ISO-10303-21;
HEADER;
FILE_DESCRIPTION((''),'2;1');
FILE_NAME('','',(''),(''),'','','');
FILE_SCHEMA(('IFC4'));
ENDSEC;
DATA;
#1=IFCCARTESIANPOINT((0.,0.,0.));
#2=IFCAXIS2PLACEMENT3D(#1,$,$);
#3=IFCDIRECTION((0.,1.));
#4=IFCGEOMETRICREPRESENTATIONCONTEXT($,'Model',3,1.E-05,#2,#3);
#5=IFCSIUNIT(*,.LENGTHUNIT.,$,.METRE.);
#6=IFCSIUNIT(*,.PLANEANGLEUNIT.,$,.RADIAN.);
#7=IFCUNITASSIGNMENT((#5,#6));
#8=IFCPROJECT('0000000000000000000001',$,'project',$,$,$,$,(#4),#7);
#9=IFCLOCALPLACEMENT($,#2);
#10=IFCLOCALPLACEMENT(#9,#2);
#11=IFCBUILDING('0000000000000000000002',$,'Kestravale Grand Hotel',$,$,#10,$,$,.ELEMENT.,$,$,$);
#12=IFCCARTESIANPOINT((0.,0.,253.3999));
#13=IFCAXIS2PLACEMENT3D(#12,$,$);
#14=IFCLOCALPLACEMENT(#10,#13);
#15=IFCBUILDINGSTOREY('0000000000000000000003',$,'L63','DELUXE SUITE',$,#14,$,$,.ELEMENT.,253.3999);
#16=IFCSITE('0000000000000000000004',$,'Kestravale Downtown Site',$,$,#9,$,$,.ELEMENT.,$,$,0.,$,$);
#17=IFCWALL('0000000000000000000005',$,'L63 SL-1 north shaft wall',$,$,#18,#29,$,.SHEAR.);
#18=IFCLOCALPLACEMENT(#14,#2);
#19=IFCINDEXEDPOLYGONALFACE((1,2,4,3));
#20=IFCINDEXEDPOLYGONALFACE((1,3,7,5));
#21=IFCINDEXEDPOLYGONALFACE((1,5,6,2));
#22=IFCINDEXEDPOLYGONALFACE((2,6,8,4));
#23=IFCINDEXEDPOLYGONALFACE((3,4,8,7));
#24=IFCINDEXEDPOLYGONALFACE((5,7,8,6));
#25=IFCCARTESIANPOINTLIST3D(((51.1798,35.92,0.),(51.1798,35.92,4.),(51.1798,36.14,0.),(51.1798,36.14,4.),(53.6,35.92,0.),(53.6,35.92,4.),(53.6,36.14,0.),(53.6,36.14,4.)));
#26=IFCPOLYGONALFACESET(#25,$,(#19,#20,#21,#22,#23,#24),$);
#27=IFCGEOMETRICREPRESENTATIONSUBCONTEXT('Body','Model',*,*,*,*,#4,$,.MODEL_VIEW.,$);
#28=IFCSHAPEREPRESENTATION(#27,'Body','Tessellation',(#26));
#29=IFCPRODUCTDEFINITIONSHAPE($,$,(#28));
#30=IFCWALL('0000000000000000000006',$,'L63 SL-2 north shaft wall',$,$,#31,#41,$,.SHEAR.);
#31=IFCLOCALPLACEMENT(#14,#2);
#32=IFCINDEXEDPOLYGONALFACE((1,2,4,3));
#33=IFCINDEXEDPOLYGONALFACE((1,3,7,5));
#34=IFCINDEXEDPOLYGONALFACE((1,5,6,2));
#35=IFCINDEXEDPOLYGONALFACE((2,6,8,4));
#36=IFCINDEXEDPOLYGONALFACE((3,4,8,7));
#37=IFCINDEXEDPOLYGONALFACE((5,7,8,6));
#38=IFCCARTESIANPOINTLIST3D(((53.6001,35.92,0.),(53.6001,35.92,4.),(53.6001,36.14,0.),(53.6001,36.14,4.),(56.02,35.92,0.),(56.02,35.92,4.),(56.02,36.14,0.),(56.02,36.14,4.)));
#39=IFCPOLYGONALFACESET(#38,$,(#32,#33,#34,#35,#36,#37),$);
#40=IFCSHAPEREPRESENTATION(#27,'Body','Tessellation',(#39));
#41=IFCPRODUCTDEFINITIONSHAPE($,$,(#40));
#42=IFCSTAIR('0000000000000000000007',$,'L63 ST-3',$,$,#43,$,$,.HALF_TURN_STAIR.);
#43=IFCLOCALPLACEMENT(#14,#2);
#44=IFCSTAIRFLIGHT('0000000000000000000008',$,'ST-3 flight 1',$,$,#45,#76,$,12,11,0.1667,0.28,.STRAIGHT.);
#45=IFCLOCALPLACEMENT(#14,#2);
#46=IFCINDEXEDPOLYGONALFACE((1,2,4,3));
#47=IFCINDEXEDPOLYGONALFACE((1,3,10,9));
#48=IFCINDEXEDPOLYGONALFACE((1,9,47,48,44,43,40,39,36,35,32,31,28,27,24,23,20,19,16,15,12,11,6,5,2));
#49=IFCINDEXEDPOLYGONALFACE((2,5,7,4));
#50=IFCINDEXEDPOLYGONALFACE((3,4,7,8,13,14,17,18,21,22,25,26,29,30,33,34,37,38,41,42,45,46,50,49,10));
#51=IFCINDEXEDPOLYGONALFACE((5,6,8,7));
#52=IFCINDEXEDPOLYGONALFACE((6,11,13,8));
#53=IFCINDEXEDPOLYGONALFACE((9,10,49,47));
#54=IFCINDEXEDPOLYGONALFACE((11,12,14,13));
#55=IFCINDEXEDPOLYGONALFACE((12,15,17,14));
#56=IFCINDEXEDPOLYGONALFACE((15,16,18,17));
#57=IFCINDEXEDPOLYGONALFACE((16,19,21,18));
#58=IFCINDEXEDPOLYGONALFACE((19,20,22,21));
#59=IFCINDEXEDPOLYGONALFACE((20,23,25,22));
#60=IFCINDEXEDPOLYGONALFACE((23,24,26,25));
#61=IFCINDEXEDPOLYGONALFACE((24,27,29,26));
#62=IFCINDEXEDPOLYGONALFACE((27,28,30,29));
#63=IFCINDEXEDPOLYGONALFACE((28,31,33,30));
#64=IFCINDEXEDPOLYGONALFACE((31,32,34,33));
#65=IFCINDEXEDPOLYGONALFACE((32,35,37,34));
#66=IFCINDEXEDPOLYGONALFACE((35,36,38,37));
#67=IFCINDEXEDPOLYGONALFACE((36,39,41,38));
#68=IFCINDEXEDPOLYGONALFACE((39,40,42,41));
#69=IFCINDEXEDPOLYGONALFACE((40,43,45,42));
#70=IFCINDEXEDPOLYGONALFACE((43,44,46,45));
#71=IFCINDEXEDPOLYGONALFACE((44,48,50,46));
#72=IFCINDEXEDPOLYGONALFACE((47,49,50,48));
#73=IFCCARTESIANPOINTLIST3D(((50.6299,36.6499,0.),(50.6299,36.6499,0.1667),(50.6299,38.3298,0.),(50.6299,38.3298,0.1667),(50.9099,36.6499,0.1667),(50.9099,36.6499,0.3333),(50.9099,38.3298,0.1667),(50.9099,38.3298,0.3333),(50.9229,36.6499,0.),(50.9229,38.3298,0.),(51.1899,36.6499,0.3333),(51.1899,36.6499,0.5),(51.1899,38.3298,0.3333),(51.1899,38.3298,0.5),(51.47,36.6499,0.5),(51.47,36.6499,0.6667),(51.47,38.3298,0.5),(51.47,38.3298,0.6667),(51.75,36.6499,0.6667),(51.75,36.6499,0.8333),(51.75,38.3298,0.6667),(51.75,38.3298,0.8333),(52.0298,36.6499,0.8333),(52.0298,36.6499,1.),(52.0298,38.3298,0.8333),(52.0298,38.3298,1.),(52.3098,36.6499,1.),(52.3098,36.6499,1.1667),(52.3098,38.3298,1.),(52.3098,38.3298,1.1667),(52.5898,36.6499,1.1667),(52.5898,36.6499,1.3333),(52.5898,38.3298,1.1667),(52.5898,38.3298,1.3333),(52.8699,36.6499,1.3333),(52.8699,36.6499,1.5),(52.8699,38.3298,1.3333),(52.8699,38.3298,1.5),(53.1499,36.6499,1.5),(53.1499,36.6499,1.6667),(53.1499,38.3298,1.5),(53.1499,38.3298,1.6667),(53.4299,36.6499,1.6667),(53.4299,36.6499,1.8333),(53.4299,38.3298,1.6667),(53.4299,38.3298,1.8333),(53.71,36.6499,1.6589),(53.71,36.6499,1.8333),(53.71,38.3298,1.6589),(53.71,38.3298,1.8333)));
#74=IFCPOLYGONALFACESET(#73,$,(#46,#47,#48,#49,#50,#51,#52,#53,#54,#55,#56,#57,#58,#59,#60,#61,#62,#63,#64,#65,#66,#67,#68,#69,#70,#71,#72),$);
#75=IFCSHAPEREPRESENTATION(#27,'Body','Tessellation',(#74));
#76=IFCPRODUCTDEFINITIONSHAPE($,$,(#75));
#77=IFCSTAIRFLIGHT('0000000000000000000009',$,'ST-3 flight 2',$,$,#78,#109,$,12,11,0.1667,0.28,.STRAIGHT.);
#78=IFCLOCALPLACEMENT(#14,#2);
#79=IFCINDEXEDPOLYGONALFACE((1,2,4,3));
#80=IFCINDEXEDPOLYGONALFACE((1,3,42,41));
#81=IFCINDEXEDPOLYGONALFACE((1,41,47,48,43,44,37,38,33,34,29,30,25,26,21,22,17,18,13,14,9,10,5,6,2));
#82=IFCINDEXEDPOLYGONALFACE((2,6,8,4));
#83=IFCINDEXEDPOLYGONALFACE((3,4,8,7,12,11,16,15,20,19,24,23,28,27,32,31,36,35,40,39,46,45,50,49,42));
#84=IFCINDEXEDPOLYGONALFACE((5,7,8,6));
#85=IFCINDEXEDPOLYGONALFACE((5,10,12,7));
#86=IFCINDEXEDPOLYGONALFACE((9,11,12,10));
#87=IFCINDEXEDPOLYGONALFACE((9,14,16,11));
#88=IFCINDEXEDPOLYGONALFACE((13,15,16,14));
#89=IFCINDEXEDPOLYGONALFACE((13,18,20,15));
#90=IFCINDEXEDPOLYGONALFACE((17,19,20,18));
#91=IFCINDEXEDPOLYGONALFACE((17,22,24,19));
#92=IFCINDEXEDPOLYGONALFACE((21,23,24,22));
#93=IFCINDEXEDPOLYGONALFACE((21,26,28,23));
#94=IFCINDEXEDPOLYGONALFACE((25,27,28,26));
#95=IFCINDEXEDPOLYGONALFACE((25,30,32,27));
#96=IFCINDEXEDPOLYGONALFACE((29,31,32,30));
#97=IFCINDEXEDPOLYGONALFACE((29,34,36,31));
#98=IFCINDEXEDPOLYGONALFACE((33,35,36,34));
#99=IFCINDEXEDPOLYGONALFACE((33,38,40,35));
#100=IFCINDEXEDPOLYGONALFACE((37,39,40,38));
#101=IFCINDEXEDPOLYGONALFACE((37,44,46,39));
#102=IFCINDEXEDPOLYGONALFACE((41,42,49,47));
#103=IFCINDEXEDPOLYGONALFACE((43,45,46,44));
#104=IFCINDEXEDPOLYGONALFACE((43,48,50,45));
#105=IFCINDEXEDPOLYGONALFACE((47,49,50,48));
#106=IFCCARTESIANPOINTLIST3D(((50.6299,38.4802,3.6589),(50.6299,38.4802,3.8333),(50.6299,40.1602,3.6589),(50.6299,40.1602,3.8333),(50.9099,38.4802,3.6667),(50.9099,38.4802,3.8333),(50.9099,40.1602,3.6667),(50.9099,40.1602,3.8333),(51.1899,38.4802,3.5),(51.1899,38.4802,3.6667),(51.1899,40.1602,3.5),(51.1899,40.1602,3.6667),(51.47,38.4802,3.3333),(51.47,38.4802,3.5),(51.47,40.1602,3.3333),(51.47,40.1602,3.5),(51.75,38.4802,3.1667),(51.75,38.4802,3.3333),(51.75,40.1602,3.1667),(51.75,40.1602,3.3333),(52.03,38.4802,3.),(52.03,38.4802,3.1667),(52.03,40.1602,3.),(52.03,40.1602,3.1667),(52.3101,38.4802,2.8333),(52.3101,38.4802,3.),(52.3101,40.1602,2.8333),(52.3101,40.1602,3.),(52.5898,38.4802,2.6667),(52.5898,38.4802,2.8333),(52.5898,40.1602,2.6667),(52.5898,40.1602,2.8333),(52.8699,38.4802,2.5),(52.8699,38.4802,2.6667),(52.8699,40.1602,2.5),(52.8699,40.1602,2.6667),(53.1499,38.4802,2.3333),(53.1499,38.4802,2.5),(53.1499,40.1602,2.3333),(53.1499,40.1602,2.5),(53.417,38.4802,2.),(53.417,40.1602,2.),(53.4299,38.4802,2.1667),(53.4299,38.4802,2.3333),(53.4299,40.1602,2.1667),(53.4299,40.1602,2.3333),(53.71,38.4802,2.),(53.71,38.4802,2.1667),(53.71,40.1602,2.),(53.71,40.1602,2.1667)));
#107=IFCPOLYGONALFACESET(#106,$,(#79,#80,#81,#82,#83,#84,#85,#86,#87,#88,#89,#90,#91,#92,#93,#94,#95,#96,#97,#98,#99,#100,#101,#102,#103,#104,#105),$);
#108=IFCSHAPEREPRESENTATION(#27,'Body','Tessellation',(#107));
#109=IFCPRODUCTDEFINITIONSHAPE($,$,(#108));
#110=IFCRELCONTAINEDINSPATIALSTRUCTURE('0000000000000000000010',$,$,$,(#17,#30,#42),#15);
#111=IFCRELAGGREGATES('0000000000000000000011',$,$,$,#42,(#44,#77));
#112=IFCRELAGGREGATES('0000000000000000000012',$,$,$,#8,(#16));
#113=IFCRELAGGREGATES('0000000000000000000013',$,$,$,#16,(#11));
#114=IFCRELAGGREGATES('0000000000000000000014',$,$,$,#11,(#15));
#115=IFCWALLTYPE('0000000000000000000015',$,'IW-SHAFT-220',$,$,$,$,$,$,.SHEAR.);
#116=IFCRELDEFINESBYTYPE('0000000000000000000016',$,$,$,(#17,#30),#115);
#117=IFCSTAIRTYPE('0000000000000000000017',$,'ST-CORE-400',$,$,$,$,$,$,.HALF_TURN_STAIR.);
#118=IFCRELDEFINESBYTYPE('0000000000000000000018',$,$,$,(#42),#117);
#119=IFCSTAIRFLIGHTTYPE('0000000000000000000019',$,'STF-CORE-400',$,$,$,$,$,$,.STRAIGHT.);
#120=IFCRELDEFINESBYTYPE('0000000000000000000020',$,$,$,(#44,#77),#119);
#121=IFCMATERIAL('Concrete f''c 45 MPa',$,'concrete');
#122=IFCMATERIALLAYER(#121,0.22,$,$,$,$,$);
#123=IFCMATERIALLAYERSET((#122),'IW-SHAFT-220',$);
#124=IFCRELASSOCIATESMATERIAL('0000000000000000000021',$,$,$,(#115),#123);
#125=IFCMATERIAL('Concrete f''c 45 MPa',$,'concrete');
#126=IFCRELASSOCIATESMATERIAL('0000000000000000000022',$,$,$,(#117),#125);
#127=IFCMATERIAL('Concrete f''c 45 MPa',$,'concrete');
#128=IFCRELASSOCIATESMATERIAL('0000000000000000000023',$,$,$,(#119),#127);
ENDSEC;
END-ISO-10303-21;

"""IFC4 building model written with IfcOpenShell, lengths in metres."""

from ifc_helpers import new_model, si_unit, direction, frame, frame_2d, origin, place, context, subcontext, project, spatial, polyline, rectangle, outline, extrude, material, layer, layer_set, type_object, element, aggregate, save


model = new_model("IFC4")

# Units and contexts
model_context = context("Model", 3, precision=1e-05, world=origin(), true_north=direction((0.0, 1.0)))
body_context = subcontext(model_context, "Body", "Model", "MODEL_VIEW")
ifc_project = project(units=[si_unit("LENGTHUNIT", "METRE"), si_unit("PLANEANGLEUNIT", "RADIAN")], contexts=[model_context])

# Site, building, storey
site_placement = place(None, origin())
site = spatial("IfcSite", under=ifc_project, at=site_placement, Name="Kestravale Downtown Site", CompositionType="ELEMENT", RefElevation=0.0)
building_placement = place(site_placement, origin())
building = spatial("IfcBuilding", under=site, at=building_placement, Name="Kestravale Grand Hotel", CompositionType="ELEMENT")
storey_placement = place(building_placement, frame((0.0, 0.0, 253.3999)))
storey = spatial("IfcBuildingStorey", under=building, at=storey_placement, Name="L63", Description="DELUXE SUITE", CompositionType="ELEMENT", Elevation=253.3999)

# Wall
ifc_material_1 = material(Name="Concrete f'c 45 MPa", Category="concrete")
ifc_layer_1 = layer(ifc_material_1, 0.22)
ifc_layer_set_1 = layer_set([ifc_layer_1], Name="IW-SHAFT-220")
wall_type_1 = type_object("IfcWallType", Name="IW-SHAFT-220", PredefinedType="SHEAR", material=ifc_layer_set_1)
wall_1_placement = place(storey_placement, frame((51.1799, 36.03, 0.0), z_axis=(0.0, 0.0, 1.0), x_axis=(1.0, 0.0, 0.0)))
element("IfcWall", 1, at=wall_1_placement, inside=storey, type_object=wall_type_1, Name="L63 SL-1 north shaft wall", PredefinedType="SHEAR", context=body_context, shape_type="SweptSolid", body=[
    extrude(rectangle(XDim=2.4202, YDim=0.22, at=frame_2d((1.21, 0.0))), origin(), (0.0, 0.0, 1.0), 4.0),
])

# Wall
wall_2_placement = place(storey_placement, frame((53.6001, 36.03, 0.0), z_axis=(0.0, 0.0, 1.0), x_axis=(1.0, 0.0, 0.0)))
element("IfcWall", 2, at=wall_2_placement, inside=storey, type_object=wall_type_1, Name="L63 SL-2 north shaft wall", PredefinedType="SHEAR", context=body_context, shape_type="SweptSolid", body=[
    extrude(rectangle(XDim=2.4199, YDim=0.22, at=frame_2d((1.21, 0.0))), origin(), (0.0, 0.0, 1.0), 4.0),
])

# Stair, stair flights
ifc_material_2 = material(Name="Concrete f'c 45 MPa", Category="concrete")
stair_type = type_object("IfcStairType", Name="ST-CORE-400", PredefinedType="HALF_TURN_STAIR", material=ifc_material_2)
stair_placement = place(storey_placement, origin())
stair = element("IfcStair", 3, at=stair_placement, inside=storey, type_object=stair_type, Name="L63 ST-3", PredefinedType="HALF_TURN_STAIR")
ifc_material_3 = material(Name="Concrete f'c 45 MPa", Category="concrete")
stair_flight_type = type_object("IfcStairFlightType", Name="STF-CORE-400", PredefinedType="STRAIGHT", material=ifc_material_3)
stair_flight_1_placement = place(storey_placement, frame((50.6299, 37.49, 0.0), z_axis=(0.0, 0.0, 1.0), x_axis=(1.0, 0.0, 0.0)))
stair_flight_1 = element("IfcStairFlight", 4, at=stair_flight_1_placement, type_object=stair_flight_type, Name="ST-3 flight 1", NumberOfRisers=12, NumberOfTreads=11, PredefinedType="STRAIGHT", RiserHeight=0.1667, TreadLength=0.28, context=body_context, shape_type="SweptSolid", body=[
    extrude(outline(polyline([(0.0, 0.0), (0.0, 0.1667), (0.28, 0.1667), (0.28, 0.3333), (0.5601, 0.3333), (0.5601, 0.5), (0.8401, 0.5), (0.8401, 0.6667), (1.1201, 0.6667), (1.1201, 0.8333), (1.3999, 0.8333), (1.3999, 1.0), (1.6799, 1.0), (1.6799, 1.1667), (1.96, 1.1667), (1.96, 1.3333), (2.24, 1.3333), (2.24, 1.5), (2.52, 1.5), (2.52, 1.6667), (2.8, 1.6667), (2.8, 1.8333), (3.0801, 1.8333), (3.0801, 2.0), (3.0801, 1.6589), (0.293, 0.0), (0.0, 0.0)])), frame((0.0, 0.8398, 0.0), z_axis=(0.0, -1.0, 0.0), x_axis=(1.0, 0.0, 0.0)), (0.0, 0.0, 1.0), 1.6799),
])
stair_flight_2_placement = place(storey_placement, frame((53.71, 39.3201, 2.0), z_axis=(0.0, 0.0, 1.0), x_axis=(-1.0, 0.0, 0.0)))
stair_flight_2 = element("IfcStairFlight", 5, at=stair_flight_2_placement, type_object=stair_flight_type, Name="ST-3 flight 2", NumberOfRisers=12, NumberOfTreads=11, PredefinedType="STRAIGHT", RiserHeight=0.1667, TreadLength=0.28, context=body_context, shape_type="SweptSolid", body=[
    extrude(outline(polyline([(0.0, 0.0), (0.0, 0.1667), (0.28, 0.1667), (0.28, 0.3333), (0.5601, 0.3333), (0.5601, 0.5), (0.8401, 0.5), (0.8401, 0.6667), (1.1201, 0.6667), (1.1201, 0.8333), (1.3999, 0.8333), (1.3999, 1.0), (1.6799, 1.0), (1.6799, 1.1667), (1.96, 1.1667), (1.96, 1.3333), (2.24, 1.3333), (2.24, 1.5), (2.52, 1.5), (2.52, 1.6667), (2.8, 1.6667), (2.8, 1.8333), (3.0801, 1.8333), (3.0801, 2.0), (3.0801, 1.6589), (0.293, 0.0), (0.0, 0.0)])), frame((0.0, 0.8398, 0.0), z_axis=(0.0, -1.0, 0.0), x_axis=(1.0, 0.0, 0.0)), (0.0, 0.0, 1.0), 1.6799),
])
aggregate(stair, [stair_flight_1, stair_flight_2])

save(model, "model.ifc")
